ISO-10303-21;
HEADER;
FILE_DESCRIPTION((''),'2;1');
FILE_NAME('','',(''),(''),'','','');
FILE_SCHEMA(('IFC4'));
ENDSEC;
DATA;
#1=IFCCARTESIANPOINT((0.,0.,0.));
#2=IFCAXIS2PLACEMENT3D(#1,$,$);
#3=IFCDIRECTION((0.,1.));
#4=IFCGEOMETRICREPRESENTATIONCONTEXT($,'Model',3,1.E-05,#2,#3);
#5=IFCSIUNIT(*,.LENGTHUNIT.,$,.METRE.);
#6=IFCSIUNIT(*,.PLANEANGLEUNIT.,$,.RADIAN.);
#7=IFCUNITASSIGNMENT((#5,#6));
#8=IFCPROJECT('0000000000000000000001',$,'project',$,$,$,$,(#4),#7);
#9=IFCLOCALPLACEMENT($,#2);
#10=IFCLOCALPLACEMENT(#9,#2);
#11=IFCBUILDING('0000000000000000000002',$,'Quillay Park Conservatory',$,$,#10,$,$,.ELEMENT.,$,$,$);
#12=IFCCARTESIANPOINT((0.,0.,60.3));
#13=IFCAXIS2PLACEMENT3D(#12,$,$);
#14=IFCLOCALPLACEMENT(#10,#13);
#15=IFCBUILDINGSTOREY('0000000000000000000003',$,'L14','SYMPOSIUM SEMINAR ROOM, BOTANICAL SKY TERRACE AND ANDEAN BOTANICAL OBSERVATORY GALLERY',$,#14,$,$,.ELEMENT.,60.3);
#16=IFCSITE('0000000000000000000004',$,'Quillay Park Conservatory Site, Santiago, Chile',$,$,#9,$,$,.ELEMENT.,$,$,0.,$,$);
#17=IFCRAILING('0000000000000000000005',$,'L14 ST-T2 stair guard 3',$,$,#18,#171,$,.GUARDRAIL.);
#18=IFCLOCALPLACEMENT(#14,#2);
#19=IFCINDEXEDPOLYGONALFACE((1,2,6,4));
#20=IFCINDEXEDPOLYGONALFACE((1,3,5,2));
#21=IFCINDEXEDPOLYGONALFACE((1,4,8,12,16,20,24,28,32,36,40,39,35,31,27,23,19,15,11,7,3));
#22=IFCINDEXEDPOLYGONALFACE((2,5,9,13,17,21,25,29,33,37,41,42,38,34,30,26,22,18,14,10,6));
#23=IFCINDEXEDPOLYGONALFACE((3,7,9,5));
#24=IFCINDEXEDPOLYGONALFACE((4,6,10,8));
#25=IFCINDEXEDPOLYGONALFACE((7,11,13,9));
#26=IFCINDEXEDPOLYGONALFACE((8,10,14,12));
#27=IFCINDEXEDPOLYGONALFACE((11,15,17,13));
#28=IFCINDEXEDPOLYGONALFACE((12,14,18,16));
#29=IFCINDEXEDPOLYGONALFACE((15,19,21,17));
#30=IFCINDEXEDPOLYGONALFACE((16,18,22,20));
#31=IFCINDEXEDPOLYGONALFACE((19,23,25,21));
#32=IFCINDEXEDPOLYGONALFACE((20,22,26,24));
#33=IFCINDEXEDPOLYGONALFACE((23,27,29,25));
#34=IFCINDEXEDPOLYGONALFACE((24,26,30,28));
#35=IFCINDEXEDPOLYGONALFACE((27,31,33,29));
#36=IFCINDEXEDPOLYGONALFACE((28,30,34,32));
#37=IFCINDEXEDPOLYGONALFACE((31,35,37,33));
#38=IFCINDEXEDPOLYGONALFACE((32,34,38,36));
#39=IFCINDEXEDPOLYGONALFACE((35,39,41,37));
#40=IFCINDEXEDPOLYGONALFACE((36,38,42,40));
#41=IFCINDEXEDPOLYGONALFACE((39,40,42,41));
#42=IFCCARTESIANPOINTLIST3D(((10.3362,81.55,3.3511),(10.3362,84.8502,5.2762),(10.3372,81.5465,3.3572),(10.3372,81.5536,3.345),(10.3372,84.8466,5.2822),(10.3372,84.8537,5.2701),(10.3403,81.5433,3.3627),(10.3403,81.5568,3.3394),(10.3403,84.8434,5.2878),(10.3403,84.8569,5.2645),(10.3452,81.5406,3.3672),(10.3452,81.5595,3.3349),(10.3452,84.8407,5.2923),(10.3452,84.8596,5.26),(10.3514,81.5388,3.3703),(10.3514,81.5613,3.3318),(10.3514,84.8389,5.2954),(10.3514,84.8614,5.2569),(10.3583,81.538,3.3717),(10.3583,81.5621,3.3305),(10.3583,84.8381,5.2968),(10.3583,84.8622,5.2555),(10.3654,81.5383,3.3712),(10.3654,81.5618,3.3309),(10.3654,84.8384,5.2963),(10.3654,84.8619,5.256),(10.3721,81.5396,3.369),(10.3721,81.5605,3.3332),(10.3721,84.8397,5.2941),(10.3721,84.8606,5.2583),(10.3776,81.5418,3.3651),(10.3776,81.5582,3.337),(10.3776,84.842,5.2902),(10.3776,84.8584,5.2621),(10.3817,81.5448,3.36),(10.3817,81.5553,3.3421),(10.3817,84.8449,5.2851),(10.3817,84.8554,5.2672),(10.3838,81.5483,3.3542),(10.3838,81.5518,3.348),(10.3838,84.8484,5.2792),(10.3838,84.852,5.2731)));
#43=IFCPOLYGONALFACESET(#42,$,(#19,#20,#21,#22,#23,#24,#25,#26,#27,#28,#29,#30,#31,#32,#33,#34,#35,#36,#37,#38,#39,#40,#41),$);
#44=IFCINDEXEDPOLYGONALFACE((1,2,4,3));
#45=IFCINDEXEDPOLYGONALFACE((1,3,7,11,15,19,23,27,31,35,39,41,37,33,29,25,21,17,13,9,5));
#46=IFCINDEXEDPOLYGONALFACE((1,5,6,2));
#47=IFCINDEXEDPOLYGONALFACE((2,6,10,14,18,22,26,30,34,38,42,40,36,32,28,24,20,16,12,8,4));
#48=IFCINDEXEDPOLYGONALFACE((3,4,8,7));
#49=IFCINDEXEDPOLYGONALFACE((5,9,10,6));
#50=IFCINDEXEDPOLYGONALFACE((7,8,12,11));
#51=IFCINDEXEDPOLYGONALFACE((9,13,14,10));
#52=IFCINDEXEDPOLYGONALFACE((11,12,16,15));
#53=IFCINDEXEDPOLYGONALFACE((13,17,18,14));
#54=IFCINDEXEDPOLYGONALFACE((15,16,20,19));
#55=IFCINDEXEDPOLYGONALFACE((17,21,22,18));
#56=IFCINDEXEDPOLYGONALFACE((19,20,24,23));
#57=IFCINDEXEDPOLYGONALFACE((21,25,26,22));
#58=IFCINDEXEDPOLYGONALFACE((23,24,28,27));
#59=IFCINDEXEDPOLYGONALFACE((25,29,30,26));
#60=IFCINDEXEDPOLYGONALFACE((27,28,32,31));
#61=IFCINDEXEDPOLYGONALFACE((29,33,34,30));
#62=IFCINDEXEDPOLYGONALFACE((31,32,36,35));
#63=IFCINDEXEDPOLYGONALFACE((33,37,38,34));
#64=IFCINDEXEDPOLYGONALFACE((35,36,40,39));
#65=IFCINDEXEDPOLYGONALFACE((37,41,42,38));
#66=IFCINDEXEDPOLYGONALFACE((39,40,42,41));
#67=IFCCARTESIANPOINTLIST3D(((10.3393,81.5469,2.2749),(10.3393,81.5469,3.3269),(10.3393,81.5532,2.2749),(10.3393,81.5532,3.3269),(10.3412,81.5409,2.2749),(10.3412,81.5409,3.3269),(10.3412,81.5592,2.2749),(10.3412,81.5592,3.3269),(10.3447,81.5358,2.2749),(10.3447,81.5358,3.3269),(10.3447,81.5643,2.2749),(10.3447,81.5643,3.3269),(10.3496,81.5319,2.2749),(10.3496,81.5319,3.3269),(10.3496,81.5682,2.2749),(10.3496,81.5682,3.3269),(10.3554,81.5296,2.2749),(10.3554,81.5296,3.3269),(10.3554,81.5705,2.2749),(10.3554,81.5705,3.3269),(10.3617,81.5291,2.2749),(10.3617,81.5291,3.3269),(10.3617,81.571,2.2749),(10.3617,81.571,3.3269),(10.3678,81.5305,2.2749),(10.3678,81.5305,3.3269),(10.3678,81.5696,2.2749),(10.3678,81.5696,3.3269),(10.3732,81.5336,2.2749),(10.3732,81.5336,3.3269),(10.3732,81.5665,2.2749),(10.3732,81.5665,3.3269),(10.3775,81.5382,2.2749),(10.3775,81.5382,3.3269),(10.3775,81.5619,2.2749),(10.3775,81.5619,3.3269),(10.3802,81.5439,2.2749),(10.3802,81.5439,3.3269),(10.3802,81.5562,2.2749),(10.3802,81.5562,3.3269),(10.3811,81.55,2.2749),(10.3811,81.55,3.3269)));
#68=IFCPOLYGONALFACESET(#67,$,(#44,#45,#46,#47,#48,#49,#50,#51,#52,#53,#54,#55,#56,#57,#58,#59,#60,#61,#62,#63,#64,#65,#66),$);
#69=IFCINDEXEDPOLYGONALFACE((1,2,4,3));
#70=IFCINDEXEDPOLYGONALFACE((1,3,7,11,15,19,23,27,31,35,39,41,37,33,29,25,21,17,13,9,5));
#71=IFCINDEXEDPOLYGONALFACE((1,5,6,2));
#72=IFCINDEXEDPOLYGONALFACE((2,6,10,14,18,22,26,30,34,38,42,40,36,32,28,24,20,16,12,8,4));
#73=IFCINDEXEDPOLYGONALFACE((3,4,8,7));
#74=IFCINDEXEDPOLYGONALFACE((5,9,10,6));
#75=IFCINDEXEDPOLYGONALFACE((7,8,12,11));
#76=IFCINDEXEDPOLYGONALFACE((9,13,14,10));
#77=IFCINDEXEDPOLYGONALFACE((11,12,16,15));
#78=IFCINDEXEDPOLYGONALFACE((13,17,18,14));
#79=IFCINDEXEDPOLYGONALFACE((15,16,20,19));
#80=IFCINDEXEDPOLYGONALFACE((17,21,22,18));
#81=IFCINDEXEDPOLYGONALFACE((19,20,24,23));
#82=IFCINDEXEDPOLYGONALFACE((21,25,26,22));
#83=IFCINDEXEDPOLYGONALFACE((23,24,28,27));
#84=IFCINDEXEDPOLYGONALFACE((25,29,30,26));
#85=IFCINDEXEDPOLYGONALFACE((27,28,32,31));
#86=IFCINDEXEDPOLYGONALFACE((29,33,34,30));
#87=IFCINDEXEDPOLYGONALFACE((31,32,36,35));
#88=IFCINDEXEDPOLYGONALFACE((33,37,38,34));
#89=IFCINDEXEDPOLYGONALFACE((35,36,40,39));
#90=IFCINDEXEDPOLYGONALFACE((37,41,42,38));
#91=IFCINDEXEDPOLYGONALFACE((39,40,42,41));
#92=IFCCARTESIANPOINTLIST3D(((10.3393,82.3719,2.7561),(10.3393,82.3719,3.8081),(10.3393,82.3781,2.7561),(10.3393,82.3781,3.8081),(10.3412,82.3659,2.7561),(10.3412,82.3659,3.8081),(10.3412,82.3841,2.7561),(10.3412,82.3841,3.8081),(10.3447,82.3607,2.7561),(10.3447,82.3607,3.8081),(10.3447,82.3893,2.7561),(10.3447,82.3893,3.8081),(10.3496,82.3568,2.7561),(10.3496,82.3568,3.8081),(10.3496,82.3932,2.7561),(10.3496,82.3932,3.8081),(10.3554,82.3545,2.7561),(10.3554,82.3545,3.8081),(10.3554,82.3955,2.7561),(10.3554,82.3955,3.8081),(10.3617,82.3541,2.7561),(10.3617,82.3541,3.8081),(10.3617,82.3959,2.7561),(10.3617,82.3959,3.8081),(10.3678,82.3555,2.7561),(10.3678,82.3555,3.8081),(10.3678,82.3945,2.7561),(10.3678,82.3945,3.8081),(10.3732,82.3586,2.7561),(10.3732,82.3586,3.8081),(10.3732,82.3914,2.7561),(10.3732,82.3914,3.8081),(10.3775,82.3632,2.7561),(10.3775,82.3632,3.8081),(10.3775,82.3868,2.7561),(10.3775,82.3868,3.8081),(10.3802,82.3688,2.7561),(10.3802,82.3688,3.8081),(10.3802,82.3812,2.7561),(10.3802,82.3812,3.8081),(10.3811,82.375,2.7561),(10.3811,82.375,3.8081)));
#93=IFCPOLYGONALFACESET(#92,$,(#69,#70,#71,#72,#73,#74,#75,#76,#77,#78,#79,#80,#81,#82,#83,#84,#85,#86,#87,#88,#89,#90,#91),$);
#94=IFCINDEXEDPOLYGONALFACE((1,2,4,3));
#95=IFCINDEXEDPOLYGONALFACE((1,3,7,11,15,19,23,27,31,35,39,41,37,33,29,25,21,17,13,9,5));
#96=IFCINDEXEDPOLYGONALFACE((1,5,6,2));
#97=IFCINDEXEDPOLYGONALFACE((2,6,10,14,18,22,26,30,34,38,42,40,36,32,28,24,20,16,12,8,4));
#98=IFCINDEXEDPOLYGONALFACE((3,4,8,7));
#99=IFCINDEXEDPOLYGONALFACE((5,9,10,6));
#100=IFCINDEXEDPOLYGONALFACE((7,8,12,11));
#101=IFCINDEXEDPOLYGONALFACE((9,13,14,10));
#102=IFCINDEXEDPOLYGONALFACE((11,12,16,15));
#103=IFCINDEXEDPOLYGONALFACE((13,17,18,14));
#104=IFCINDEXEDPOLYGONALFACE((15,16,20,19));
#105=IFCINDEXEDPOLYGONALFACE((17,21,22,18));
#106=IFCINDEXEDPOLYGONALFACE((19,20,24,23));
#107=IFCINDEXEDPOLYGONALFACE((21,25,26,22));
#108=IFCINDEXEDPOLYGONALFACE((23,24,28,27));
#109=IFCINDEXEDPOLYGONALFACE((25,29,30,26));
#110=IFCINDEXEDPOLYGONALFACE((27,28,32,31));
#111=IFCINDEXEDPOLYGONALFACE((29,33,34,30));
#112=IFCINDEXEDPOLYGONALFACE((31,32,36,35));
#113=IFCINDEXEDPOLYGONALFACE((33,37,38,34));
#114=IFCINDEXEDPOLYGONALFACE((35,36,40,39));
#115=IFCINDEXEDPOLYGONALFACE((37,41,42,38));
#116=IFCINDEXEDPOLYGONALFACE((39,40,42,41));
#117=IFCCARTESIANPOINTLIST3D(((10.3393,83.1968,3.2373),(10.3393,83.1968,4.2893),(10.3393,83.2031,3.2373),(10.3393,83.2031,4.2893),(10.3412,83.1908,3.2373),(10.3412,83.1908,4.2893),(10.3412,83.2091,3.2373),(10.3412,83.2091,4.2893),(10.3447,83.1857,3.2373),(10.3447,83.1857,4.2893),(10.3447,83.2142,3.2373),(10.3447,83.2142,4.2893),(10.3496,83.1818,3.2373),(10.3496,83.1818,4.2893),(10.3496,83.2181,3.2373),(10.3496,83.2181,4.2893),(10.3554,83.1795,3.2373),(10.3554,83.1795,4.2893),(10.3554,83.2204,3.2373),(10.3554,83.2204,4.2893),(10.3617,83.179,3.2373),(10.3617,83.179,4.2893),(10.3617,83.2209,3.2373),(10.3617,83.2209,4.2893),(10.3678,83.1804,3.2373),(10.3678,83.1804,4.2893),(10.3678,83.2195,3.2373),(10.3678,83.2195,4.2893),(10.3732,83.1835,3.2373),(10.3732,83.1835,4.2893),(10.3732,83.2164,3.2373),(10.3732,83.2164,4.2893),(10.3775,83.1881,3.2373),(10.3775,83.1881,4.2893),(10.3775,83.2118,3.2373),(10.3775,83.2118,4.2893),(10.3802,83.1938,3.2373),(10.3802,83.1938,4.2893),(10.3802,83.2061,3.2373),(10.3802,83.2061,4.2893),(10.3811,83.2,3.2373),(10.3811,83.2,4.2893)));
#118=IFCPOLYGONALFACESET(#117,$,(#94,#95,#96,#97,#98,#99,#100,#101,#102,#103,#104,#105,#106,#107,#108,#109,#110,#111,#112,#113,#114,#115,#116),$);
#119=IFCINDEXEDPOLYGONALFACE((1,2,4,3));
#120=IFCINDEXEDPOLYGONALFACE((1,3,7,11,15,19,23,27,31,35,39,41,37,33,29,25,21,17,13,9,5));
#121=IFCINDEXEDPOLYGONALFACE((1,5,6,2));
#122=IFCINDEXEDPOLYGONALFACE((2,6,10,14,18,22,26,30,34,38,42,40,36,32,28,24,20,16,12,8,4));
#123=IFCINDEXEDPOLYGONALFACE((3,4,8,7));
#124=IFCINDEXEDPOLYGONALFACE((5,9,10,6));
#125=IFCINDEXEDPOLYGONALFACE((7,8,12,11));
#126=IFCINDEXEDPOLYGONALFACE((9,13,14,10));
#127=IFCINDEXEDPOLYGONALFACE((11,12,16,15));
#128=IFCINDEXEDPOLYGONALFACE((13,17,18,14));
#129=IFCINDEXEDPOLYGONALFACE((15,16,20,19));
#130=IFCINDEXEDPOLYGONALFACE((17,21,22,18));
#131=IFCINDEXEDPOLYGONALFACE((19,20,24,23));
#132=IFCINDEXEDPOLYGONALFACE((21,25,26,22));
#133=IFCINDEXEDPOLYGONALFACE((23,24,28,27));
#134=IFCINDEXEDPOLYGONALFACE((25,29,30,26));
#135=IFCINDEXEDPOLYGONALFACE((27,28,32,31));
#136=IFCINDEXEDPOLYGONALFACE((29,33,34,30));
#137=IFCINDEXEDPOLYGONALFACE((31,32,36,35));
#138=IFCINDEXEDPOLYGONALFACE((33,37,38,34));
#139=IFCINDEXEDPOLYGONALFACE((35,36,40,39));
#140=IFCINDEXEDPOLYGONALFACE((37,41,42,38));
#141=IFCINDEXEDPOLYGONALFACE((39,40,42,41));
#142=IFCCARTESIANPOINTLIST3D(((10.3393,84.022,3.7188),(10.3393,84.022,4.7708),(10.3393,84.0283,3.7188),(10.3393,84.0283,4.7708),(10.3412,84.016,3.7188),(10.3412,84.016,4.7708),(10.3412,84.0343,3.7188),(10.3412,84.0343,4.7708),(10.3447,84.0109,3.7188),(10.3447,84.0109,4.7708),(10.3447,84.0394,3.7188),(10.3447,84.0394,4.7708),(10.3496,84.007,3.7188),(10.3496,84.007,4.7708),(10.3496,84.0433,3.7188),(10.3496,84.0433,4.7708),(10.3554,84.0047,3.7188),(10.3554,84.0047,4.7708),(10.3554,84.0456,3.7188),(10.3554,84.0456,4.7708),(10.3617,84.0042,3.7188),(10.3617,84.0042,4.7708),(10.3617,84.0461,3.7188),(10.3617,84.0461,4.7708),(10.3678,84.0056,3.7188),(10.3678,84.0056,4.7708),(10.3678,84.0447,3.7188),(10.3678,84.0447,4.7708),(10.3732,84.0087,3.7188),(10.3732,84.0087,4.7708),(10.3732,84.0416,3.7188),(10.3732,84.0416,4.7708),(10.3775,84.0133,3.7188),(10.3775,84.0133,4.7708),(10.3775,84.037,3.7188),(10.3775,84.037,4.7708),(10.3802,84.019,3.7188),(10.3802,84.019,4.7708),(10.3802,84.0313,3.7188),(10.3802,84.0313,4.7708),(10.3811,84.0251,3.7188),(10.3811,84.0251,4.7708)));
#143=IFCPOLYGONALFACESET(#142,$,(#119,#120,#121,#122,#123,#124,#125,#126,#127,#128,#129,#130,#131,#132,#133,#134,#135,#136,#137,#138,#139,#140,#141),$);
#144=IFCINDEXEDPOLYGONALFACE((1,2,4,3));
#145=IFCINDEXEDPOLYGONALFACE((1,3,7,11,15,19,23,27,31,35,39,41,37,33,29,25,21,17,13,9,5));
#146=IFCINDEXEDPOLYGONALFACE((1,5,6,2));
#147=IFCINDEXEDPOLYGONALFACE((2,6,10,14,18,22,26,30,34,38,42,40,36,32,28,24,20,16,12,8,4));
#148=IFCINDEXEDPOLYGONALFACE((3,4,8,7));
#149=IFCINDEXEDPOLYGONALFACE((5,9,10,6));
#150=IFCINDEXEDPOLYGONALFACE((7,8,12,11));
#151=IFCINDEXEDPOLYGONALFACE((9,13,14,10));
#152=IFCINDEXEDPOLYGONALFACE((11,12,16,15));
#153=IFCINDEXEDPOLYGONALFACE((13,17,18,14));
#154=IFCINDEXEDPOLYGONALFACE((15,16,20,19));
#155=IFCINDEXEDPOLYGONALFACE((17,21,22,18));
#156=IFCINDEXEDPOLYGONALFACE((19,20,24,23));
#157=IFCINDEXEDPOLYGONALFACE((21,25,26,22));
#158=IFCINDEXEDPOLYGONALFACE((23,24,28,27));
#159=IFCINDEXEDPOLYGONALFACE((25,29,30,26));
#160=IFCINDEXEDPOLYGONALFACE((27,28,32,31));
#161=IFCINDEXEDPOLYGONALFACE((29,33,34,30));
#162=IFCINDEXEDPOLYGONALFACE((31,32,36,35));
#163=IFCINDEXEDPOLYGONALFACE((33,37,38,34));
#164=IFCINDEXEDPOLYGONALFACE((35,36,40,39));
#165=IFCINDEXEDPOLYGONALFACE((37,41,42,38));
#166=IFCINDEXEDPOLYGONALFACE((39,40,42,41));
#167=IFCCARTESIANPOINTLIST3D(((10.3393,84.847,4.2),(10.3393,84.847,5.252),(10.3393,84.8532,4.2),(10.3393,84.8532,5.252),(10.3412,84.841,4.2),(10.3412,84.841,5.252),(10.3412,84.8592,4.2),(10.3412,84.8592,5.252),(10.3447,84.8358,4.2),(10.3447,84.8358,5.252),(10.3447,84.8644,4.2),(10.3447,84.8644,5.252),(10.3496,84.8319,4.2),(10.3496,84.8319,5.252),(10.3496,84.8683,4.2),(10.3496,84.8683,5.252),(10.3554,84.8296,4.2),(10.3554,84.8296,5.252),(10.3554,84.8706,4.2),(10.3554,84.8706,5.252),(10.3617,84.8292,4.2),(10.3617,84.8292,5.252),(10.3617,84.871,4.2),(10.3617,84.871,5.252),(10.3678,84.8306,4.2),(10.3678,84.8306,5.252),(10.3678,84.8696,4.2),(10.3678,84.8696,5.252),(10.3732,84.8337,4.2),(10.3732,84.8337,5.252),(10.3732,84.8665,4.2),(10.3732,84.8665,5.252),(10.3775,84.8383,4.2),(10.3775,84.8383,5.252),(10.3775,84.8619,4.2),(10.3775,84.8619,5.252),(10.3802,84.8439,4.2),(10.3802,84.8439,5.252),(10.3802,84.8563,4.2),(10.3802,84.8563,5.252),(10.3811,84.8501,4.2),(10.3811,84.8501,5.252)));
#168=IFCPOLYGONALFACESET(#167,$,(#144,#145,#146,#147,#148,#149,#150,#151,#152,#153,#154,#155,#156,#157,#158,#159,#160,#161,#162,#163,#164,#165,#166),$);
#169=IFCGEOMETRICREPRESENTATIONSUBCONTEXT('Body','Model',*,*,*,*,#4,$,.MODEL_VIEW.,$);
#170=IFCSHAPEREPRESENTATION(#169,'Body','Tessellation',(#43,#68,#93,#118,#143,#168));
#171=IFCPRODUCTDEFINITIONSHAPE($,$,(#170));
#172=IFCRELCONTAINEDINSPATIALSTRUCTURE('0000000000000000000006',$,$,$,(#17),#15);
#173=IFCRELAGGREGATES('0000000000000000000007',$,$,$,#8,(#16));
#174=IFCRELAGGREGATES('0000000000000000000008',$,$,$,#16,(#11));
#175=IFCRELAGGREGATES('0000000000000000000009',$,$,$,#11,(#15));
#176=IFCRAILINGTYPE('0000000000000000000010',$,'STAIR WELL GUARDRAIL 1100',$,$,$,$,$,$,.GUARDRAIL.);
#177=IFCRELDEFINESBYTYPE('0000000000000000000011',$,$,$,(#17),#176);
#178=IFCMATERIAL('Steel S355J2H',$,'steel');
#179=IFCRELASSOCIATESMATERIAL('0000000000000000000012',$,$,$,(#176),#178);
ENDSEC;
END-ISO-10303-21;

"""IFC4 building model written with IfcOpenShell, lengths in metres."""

from ifc_helpers import new_model, si_unit, direction, frame, origin, origin_2d, place, context, subcontext, project, spatial, circle, extrude, material, type_object, element, save


model = new_model("IFC4")

# Units and contexts
model_context = context("Model", 3, precision=1e-05, world=origin(), true_north=direction((0.0, 1.0)))
body_context = subcontext(model_context, "Body", "Model", "MODEL_VIEW")
ifc_project = project(units=[si_unit("LENGTHUNIT", "METRE"), si_unit("PLANEANGLEUNIT", "RADIAN")], contexts=[model_context])

# Site, building, storey
site_placement = place(None, origin())
site = spatial("IfcSite", under=ifc_project, at=site_placement, Name="Quillay Park Conservatory Site, Santiago, Chile", CompositionType="ELEMENT", RefElevation=0.0)
building_placement = place(site_placement, origin())
building = spatial("IfcBuilding", under=site, at=building_placement, Name="Quillay Park Conservatory", CompositionType="ELEMENT")
storey_placement = place(building_placement, frame((0.0, 0.0, 60.3)))
storey = spatial("IfcBuildingStorey", under=building, at=storey_placement, Name="L14", Description="SYMPOSIUM SEMINAR ROOM, BOTANICAL SKY TERRACE AND ANDEAN BOTANICAL OBSERVATORY GALLERY", CompositionType="ELEMENT", Elevation=60.3)

# Railing
ifc_material_1 = material(Name="Steel S355J2H", Category="steel")
railing_type_1 = type_object("IfcRailingType", Name="STAIR WELL GUARDRAIL 1100", PredefinedType="GUARDRAIL", material=ifc_material_1)
railing_1_placement = place(storey_placement, frame((10.3601, 81.55, 2.2749)))
element("IfcRailing", 1, at=railing_1_placement, inside=storey, type_object=railing_type_1, Name="L14 ST-T2 stair guard 3", PredefinedType="GUARDRAIL", context=body_context, shape_type="SweptSolid", body=[
    extrude(circle(Radius=0.0239, at=origin_2d()), frame((0.0, 0.0, 1.0762), z_axis=(0.0, 0.863777, 0.503875), x_axis=(-1.0, 0.0, 0.0)), (0.0, 0.0, 1.0), 3.8206),
    extrude(circle(Radius=0.021, at=origin_2d()), origin(), (0.0, 0.0, 1.0), 1.052),
    extrude(circle(Radius=0.021, at=origin_2d()), frame((0.0, 0.825, 0.4812)), (0.0, 0.0, 1.0), 1.052),
    extrude(circle(Radius=0.021, at=origin_2d()), frame((0.0, 1.6499, 0.9624)), (0.0, 0.0, 1.0), 1.052),
    extrude(circle(Radius=0.021, at=origin_2d()), frame((0.0, 2.4751, 1.4438)), (0.0, 0.0, 1.0), 1.052),
    extrude(circle(Radius=0.021, at=origin_2d()), frame((0.0, 3.3, 1.925)), (0.0, 0.0, 1.0), 1.052),
])

save(model, "model.ifc")
